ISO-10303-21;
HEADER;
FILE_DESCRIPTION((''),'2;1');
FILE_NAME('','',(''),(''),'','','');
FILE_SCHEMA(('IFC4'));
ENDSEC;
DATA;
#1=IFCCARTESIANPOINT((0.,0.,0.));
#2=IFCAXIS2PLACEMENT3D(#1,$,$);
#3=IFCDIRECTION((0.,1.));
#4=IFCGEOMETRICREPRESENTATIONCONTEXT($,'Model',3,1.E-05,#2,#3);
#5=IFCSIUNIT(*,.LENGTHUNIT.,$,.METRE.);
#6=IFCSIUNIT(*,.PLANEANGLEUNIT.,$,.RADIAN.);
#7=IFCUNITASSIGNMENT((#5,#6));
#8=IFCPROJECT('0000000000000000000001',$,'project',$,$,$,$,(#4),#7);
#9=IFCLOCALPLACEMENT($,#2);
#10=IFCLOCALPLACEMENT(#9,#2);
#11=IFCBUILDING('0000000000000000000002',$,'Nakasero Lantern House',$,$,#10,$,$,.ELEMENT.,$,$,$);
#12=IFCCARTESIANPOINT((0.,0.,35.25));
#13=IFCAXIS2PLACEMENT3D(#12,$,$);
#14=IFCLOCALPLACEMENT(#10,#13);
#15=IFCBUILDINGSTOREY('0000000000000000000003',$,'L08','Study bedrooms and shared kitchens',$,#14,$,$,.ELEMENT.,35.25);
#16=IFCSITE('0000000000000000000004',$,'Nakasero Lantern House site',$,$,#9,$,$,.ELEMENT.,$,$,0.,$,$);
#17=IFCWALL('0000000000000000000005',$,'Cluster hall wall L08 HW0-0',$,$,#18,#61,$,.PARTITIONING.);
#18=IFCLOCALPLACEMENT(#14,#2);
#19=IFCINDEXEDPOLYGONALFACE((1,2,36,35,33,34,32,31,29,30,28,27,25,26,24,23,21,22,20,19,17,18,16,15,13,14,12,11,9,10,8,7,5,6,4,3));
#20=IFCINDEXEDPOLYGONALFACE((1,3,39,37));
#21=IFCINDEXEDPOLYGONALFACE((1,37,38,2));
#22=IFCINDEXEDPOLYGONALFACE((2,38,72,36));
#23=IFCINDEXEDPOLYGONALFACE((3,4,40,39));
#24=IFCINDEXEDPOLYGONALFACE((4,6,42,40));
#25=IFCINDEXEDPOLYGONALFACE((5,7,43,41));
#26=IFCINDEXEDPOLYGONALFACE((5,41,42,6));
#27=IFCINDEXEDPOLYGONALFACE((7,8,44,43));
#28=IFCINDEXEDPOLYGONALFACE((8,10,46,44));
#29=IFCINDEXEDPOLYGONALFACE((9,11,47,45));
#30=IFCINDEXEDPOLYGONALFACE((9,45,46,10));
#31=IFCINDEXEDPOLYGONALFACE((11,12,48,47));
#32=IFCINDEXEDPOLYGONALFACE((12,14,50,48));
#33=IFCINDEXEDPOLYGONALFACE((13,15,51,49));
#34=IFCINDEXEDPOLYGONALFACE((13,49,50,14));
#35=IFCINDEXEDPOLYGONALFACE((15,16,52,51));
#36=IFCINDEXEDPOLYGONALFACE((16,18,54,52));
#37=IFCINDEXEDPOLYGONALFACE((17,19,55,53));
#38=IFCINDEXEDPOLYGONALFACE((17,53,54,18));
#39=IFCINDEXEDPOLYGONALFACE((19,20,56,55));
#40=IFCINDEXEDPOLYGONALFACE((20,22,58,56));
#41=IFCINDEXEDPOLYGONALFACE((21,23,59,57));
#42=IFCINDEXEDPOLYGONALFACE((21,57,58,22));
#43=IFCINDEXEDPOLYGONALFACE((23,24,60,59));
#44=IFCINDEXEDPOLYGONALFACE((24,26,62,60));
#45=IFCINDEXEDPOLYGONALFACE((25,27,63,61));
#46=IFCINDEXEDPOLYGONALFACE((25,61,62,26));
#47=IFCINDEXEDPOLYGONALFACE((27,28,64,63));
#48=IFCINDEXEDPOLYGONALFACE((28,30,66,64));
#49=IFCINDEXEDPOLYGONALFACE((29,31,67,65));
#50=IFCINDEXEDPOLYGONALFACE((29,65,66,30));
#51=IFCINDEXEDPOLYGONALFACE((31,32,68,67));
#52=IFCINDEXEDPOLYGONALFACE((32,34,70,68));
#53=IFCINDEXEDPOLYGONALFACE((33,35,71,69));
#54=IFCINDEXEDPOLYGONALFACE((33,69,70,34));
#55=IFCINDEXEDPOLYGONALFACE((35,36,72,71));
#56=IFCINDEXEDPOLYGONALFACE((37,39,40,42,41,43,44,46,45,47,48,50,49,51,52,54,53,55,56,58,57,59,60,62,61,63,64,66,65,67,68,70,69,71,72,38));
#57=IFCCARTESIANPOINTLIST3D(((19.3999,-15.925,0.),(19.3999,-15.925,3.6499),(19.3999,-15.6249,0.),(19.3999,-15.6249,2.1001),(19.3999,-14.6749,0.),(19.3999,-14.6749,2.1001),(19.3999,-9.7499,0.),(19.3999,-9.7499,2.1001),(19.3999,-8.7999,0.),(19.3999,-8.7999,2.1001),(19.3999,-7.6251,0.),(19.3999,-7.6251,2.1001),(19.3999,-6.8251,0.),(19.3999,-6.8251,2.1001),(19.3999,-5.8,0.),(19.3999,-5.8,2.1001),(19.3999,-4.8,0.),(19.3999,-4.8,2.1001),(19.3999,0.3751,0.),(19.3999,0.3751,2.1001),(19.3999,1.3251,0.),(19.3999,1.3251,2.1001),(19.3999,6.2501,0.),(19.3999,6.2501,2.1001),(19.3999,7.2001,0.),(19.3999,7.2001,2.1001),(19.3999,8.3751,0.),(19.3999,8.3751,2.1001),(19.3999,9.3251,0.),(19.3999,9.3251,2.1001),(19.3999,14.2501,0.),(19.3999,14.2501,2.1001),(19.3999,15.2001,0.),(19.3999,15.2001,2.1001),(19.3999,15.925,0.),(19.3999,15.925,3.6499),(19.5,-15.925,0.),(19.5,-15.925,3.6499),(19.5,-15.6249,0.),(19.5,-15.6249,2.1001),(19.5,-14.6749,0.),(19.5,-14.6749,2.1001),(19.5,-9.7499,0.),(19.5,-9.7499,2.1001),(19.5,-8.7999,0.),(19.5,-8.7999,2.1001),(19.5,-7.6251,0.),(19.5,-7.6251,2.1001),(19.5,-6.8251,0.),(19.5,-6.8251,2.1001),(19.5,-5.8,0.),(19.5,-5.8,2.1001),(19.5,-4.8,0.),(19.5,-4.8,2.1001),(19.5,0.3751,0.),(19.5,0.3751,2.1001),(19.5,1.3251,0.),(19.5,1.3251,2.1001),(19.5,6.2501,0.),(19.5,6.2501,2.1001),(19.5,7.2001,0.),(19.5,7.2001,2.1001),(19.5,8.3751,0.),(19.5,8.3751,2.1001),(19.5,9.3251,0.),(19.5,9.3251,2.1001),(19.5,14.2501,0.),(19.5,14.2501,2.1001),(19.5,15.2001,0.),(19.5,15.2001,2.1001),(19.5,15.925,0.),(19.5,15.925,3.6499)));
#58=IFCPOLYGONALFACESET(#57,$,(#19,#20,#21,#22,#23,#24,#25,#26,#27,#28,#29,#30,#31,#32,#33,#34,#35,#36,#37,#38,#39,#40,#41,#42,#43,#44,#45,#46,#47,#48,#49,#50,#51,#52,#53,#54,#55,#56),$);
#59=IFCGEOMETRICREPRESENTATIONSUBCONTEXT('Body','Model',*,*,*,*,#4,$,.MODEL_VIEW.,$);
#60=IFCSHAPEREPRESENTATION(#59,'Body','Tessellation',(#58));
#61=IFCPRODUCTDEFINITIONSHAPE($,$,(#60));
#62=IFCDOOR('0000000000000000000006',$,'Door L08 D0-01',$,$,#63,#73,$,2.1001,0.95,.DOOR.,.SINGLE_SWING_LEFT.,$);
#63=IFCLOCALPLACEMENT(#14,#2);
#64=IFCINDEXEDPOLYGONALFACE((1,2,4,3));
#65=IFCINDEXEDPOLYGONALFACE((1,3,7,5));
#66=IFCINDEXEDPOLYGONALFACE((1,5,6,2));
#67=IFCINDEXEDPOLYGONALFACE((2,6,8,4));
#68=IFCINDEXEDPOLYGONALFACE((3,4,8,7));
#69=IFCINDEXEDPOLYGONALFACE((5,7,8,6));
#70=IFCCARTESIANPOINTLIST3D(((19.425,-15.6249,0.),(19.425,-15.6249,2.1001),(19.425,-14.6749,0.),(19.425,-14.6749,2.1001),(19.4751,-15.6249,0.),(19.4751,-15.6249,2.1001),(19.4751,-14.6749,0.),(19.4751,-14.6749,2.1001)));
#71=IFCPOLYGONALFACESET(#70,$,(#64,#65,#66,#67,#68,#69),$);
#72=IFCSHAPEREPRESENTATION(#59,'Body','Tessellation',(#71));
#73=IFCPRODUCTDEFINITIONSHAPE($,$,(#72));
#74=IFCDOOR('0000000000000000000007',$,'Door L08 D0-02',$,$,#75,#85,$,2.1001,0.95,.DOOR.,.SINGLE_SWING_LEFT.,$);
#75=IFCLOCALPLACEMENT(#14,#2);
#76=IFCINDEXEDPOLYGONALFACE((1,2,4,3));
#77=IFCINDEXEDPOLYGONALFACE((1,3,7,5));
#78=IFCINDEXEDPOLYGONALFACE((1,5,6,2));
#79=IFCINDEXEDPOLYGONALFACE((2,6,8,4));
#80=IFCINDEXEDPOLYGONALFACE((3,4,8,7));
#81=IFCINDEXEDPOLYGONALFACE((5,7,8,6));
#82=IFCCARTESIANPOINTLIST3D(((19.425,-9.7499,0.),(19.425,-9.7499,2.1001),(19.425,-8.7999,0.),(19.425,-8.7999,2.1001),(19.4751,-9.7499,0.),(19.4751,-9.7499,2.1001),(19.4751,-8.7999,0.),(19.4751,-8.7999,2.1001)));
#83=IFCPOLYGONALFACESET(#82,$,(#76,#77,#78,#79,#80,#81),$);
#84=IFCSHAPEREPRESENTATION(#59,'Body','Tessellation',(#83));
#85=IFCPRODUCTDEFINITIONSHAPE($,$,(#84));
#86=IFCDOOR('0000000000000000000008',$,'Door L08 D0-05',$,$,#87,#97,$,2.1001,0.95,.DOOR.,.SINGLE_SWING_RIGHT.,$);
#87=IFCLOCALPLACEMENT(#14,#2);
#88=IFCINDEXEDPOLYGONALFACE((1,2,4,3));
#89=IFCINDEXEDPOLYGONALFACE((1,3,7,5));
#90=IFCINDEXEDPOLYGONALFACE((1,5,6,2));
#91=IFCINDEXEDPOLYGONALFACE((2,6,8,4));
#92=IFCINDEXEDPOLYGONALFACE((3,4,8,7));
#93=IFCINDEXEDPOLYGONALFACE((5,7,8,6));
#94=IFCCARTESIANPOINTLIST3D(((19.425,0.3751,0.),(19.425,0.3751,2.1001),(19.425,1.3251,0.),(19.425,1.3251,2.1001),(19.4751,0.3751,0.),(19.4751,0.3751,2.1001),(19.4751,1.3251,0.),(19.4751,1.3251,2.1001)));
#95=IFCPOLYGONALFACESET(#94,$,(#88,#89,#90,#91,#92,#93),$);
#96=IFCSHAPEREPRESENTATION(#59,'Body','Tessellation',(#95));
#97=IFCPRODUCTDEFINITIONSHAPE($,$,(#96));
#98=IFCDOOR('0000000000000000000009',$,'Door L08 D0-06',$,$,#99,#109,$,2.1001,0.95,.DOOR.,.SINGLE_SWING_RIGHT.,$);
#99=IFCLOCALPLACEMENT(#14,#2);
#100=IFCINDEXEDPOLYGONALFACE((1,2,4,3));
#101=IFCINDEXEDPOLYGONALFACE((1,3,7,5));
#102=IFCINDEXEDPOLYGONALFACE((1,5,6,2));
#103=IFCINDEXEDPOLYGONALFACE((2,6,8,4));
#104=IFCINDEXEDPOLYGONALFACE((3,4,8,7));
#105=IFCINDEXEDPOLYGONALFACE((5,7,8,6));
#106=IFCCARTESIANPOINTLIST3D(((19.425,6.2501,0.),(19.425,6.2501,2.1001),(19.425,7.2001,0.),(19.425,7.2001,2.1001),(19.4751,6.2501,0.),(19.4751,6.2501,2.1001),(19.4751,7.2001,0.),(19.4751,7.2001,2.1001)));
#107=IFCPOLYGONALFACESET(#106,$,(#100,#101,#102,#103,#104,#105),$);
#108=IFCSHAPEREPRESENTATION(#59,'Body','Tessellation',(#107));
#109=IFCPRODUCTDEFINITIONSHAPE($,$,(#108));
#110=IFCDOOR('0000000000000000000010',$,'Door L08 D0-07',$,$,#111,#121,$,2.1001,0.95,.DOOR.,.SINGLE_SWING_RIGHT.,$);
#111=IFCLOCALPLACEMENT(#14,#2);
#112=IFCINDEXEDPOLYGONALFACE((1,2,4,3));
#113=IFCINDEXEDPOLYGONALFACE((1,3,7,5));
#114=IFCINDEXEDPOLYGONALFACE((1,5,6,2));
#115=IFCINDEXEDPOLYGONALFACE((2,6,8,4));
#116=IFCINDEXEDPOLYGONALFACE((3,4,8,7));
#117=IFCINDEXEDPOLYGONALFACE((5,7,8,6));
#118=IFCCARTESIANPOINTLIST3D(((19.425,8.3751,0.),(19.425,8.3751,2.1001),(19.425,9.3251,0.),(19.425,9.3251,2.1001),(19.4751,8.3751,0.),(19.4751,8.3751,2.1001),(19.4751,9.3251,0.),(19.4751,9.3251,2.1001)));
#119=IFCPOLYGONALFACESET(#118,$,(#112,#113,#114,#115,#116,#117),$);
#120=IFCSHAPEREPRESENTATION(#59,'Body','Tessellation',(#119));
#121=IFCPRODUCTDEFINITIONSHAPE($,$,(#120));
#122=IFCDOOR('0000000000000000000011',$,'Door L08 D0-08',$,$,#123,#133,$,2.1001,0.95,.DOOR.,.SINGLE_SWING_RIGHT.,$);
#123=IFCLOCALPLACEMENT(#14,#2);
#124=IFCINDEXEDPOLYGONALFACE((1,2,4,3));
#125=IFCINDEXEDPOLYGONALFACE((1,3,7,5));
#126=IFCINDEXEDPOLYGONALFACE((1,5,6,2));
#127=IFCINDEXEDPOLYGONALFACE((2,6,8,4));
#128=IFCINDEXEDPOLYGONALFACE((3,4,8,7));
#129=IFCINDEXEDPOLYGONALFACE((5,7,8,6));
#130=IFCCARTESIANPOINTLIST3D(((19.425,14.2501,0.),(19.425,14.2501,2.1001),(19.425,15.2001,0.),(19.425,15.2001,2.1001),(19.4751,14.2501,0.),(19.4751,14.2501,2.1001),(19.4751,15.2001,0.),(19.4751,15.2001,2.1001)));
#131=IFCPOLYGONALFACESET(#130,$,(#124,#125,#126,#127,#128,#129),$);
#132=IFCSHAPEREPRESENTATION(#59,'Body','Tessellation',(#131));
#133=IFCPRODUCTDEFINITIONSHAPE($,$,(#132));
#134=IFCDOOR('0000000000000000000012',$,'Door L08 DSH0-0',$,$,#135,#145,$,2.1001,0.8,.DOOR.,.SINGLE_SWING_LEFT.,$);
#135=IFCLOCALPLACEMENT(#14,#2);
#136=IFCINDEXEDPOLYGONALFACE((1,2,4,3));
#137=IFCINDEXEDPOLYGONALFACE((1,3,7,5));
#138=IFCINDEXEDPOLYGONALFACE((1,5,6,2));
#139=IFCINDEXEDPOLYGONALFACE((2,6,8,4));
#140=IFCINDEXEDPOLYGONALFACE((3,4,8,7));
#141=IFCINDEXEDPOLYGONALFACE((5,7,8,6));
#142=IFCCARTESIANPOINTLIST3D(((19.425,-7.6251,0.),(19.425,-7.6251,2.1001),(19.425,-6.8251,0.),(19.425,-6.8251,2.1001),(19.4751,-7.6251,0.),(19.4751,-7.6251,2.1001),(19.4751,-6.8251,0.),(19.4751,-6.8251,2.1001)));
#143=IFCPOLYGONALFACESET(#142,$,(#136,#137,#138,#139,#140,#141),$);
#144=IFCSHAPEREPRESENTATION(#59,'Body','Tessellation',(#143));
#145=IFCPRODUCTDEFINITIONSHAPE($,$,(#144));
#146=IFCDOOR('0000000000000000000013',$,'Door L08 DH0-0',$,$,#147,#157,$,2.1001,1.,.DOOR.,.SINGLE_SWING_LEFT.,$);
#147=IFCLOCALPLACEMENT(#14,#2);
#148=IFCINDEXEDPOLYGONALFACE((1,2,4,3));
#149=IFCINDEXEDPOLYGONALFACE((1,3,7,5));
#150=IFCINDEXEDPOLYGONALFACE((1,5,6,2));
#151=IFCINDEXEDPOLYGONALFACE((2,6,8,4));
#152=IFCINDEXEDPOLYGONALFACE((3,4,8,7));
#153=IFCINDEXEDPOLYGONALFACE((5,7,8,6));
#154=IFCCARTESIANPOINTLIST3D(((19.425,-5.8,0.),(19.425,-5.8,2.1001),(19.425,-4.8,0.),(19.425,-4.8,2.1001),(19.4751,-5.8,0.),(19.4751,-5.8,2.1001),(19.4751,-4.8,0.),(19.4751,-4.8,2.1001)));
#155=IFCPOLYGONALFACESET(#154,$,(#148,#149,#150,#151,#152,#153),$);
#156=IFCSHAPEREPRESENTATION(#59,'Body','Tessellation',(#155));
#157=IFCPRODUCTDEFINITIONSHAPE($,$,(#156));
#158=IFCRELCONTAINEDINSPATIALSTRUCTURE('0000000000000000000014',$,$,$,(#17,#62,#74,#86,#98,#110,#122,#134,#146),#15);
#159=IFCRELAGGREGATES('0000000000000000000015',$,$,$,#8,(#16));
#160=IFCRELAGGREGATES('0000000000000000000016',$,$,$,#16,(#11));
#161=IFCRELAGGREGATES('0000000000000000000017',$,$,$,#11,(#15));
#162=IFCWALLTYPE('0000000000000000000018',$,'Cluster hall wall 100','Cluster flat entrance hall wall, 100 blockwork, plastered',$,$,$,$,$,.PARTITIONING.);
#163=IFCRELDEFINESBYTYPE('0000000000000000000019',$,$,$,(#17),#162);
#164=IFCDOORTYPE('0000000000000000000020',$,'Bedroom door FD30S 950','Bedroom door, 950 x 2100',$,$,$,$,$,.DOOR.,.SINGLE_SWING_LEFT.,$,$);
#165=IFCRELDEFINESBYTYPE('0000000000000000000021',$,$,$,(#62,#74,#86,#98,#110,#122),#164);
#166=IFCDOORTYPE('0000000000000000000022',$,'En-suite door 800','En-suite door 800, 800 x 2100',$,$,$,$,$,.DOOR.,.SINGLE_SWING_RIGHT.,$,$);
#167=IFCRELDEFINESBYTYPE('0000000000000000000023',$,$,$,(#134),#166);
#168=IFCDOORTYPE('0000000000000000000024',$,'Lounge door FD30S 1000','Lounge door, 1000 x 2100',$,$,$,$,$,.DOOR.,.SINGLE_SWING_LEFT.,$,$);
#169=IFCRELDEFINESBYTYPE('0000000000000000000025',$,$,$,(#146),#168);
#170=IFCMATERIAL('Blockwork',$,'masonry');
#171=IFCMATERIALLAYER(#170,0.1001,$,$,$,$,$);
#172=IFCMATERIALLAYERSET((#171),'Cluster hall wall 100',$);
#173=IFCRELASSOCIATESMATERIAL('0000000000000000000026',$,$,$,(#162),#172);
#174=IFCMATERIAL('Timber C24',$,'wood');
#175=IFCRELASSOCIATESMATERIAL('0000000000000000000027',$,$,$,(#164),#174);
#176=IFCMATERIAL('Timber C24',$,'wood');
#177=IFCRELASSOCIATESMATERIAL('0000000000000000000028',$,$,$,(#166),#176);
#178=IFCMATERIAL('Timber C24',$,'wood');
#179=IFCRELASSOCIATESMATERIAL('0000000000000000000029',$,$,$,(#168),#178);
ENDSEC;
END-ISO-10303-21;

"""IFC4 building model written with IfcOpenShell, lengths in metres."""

from ifc_helpers import new_model, si_unit, direction, frame, frame_2d, origin, place, context, subcontext, project, spatial, rectangle, extrude, material, layer, layer_set, type_object, element, fill, save


model = new_model("IFC4")

# Units and contexts
model_context = context("Model", 3, precision=1e-05, world=origin(), true_north=direction((0.0, 1.0)))
body_context = subcontext(model_context, "Body", "Model", "MODEL_VIEW")
ifc_project = project(units=[si_unit("LENGTHUNIT", "METRE"), si_unit("PLANEANGLEUNIT", "RADIAN")], contexts=[model_context])

# Site, building, storey
site_placement = place(None, origin())
site = spatial("IfcSite", under=ifc_project, at=site_placement, Name="Nakasero Lantern House site", CompositionType="ELEMENT", RefElevation=0.0)
building_placement = place(site_placement, origin())
building = spatial("IfcBuilding", under=site, at=building_placement, Name="Nakasero Lantern House", CompositionType="ELEMENT")
storey_placement = place(building_placement, frame((0.0, 0.0, 35.25)))
storey = spatial("IfcBuildingStorey", under=building, at=storey_placement, Name="L08", Description="Study bedrooms and shared kitchens", CompositionType="ELEMENT", Elevation=35.25)

# Wall, openings, doors
ifc_material_1 = material(Name="Blockwork", Category="masonry")
ifc_layer_1 = layer(ifc_material_1, 0.1001)
ifc_layer_set_1 = layer_set([ifc_layer_1], Name="Cluster hall wall 100")
wall_type_1 = type_object("IfcWallType", Name="Cluster hall wall 100", Description="Cluster flat entrance hall wall, 100 blockwork, plastered", PredefinedType="PARTITIONING", material=ifc_layer_set_1)
wall_1_placement = place(storey_placement, frame((19.45, -15.925, 0.0), z_axis=(0.0, 0.0, 1.0), x_axis=(0.0, 1.0, 0.0)))
wall_1 = element("IfcWall", 1, at=wall_1_placement, inside=storey, type_object=wall_type_1, Name="Cluster hall wall L08 HW0-0", PredefinedType="PARTITIONING", context=body_context, shape_type="SweptSolid", body=[
    extrude(rectangle(XDim=31.8501, YDim=0.1001, at=frame_2d((15.925, 0.0))), origin(), (0.0, 0.0, 1.0), 3.6499),
])
opening_1_placement = place(wall_1_placement, frame((10.125, 0.0, 0.0)))
opening_1 = element("IfcOpeningElement", 2, at=opening_1_placement, cuts=wall_1, PredefinedType="OPENING", context=body_context, shape_type="SweptSolid", body=[
    extrude(rectangle(XDim=1.0, YDim=2.1001, at=frame_2d((0.5, 1.05))), frame((0.0, 0.0701, 0.0), z_axis=(0.0, -1.0, 0.0), x_axis=(1.0, 0.0, 0.0)), (0.0, 0.0, 1.0), 0.1401),
])
opening_2_placement = place(wall_1_placement, frame((8.3, 0.0, 0.0)))
opening_2 = element("IfcOpeningElement", 3, at=opening_2_placement, cuts=wall_1, PredefinedType="OPENING", context=body_context, shape_type="SweptSolid", body=[
    extrude(rectangle(XDim=0.8, YDim=2.1001, at=frame_2d((0.3999, 1.05))), frame((0.0, 0.0701, 0.0), z_axis=(0.0, -1.0, 0.0), x_axis=(1.0, 0.0, 0.0)), (0.0, 0.0, 1.0), 0.1401),
])
opening_3_placement = place(wall_1_placement, frame((0.3, 0.0, 0.0)))
opening_3 = element("IfcOpeningElement", 4, at=opening_3_placement, cuts=wall_1, PredefinedType="OPENING", context=body_context, shape_type="SweptSolid", body=[
    extrude(rectangle(XDim=0.95, YDim=2.1001, at=frame_2d((0.4751, 1.05))), frame((0.0, 0.0701, 0.0), z_axis=(0.0, -1.0, 0.0), x_axis=(1.0, 0.0, 0.0)), (0.0, 0.0, 1.0), 0.1401),
])
opening_4_placement = place(wall_1_placement, frame((6.175, 0.0, 0.0)))
opening_4 = element("IfcOpeningElement", 5, at=opening_4_placement, cuts=wall_1, PredefinedType="OPENING", context=body_context, shape_type="SweptSolid", body=[
    extrude(rectangle(XDim=0.95, YDim=2.1001, at=frame_2d((0.4751, 1.05))), frame((0.0, 0.0701, 0.0), z_axis=(0.0, -1.0, 0.0), x_axis=(1.0, 0.0, 0.0)), (0.0, 0.0, 1.0), 0.1401),
])
opening_5_placement = place(wall_1_placement, frame((16.3, 0.0, 0.0)))
opening_5 = element("IfcOpeningElement", 6, at=opening_5_placement, cuts=wall_1, PredefinedType="OPENING", context=body_context, shape_type="SweptSolid", body=[
    extrude(rectangle(XDim=0.95, YDim=2.1001, at=frame_2d((0.4751, 1.05))), frame((0.0, 0.0701, 0.0), z_axis=(0.0, -1.0, 0.0), x_axis=(1.0, 0.0, 0.0)), (0.0, 0.0, 1.0), 0.1401),
])
opening_6_placement = place(wall_1_placement, frame((22.175, 0.0, 0.0)))
opening_6 = element("IfcOpeningElement", 7, at=opening_6_placement, cuts=wall_1, PredefinedType="OPENING", context=body_context, shape_type="SweptSolid", body=[
    extrude(rectangle(XDim=0.95, YDim=2.1001, at=frame_2d((0.4751, 1.05))), frame((0.0, 0.0701, 0.0), z_axis=(0.0, -1.0, 0.0), x_axis=(1.0, 0.0, 0.0)), (0.0, 0.0, 1.0), 0.1401),
])
opening_7_placement = place(wall_1_placement, frame((24.3, 0.0, 0.0)))
opening_7 = element("IfcOpeningElement", 8, at=opening_7_placement, cuts=wall_1, PredefinedType="OPENING", context=body_context, shape_type="SweptSolid", body=[
    extrude(rectangle(XDim=0.95, YDim=2.1001, at=frame_2d((0.4751, 1.05))), frame((0.0, 0.0701, 0.0), z_axis=(0.0, -1.0, 0.0), x_axis=(1.0, 0.0, 0.0)), (0.0, 0.0, 1.0), 0.1401),
])
opening_8_placement = place(wall_1_placement, frame((30.175, 0.0, 0.0)))
opening_8 = element("IfcOpeningElement", 9, at=opening_8_placement, cuts=wall_1, PredefinedType="OPENING", context=body_context, shape_type="SweptSolid", body=[
    extrude(rectangle(XDim=0.95, YDim=2.1001, at=frame_2d((0.4751, 1.05))), frame((0.0, 0.0701, 0.0), z_axis=(0.0, -1.0, 0.0), x_axis=(1.0, 0.0, 0.0)), (0.0, 0.0, 1.0), 0.1401),
])
ifc_material_2 = material(Name="Timber C24", Category="wood")
door_type_1 = type_object("IfcDoorType", Name="Bedroom door FD30S 950", Description="Bedroom door, 950 x 2100", OperationType="SINGLE_SWING_LEFT", PredefinedType="DOOR", material=ifc_material_2)
door_1_placement = place(opening_3_placement, origin())
door_1 = element("IfcDoor", 10, at=door_1_placement, inside=storey, type_object=door_type_1, Name="Door L08 D0-01", OperationType="SINGLE_SWING_LEFT", OverallHeight=2.1001, OverallWidth=0.95, PredefinedType="DOOR", context=body_context, shape_type="SweptSolid", body=[
    extrude(rectangle(XDim=0.95, YDim=2.1001, at=frame_2d((0.4751, 1.05))), frame((0.0, 0.0249, 0.0), z_axis=(0.0, -1.0, 0.0), x_axis=(1.0, 0.0, 0.0)), (0.0, 0.0, 1.0), 0.05),
])
fill(opening_3, door_1)
door_2_placement = place(opening_4_placement, origin())
door_2 = element("IfcDoor", 11, at=door_2_placement, inside=storey, type_object=door_type_1, Name="Door L08 D0-02", OperationType="SINGLE_SWING_LEFT", OverallHeight=2.1001, OverallWidth=0.95, PredefinedType="DOOR", context=body_context, shape_type="SweptSolid", body=[
    extrude(rectangle(XDim=0.95, YDim=2.1001, at=frame_2d((0.4751, 1.05))), frame((0.0, 0.0249, 0.0), z_axis=(0.0, -1.0, 0.0), x_axis=(1.0, 0.0, 0.0)), (0.0, 0.0, 1.0), 0.05),
])
fill(opening_4, door_2)
door_3_placement = place(opening_5_placement, origin())
door_3 = element("IfcDoor", 12, at=door_3_placement, inside=storey, type_object=door_type_1, Name="Door L08 D0-05", OperationType="SINGLE_SWING_RIGHT", OverallHeight=2.1001, OverallWidth=0.95, PredefinedType="DOOR", context=body_context, shape_type="SweptSolid", body=[
    extrude(rectangle(XDim=0.95, YDim=2.1001, at=frame_2d((0.4751, 1.05))), frame((0.0, 0.0249, 0.0), z_axis=(0.0, -1.0, 0.0), x_axis=(1.0, 0.0, 0.0)), (0.0, 0.0, 1.0), 0.05),
])
fill(opening_5, door_3)
door_4_placement = place(opening_6_placement, origin())
door_4 = element("IfcDoor", 13, at=door_4_placement, inside=storey, type_object=door_type_1, Name="Door L08 D0-06", OperationType="SINGLE_SWING_RIGHT", OverallHeight=2.1001, OverallWidth=0.95, PredefinedType="DOOR", context=body_context, shape_type="SweptSolid", body=[
    extrude(rectangle(XDim=0.95, YDim=2.1001, at=frame_2d((0.4751, 1.05))), frame((0.0, 0.0249, 0.0), z_axis=(0.0, -1.0, 0.0), x_axis=(1.0, 0.0, 0.0)), (0.0, 0.0, 1.0), 0.05),
])
fill(opening_6, door_4)
door_5_placement = place(opening_7_placement, origin())
door_5 = element("IfcDoor", 14, at=door_5_placement, inside=storey, type_object=door_type_1, Name="Door L08 D0-07", OperationType="SINGLE_SWING_RIGHT", OverallHeight=2.1001, OverallWidth=0.95, PredefinedType="DOOR", context=body_context, shape_type="SweptSolid", body=[
    extrude(rectangle(XDim=0.95, YDim=2.1001, at=frame_2d((0.4751, 1.05))), frame((0.0, 0.0249, 0.0), z_axis=(0.0, -1.0, 0.0), x_axis=(1.0, 0.0, 0.0)), (0.0, 0.0, 1.0), 0.05),
])
fill(opening_7, door_5)
door_6_placement = place(opening_8_placement, origin())
door_6 = element("IfcDoor", 15, at=door_6_placement, inside=storey, type_object=door_type_1, Name="Door L08 D0-08", OperationType="SINGLE_SWING_RIGHT", OverallHeight=2.1001, OverallWidth=0.95, PredefinedType="DOOR", context=body_context, shape_type="SweptSolid", body=[
    extrude(rectangle(XDim=0.95, YDim=2.1001, at=frame_2d((0.4751, 1.05))), frame((0.0, 0.0249, 0.0), z_axis=(0.0, -1.0, 0.0), x_axis=(1.0, 0.0, 0.0)), (0.0, 0.0, 1.0), 0.05),
])
fill(opening_8, door_6)
ifc_material_3 = material(Name="Timber C24", Category="wood")
door_type_2 = type_object("IfcDoorType", Name="En-suite door 800", Description="En-suite door 800, 800 x 2100", OperationType="SINGLE_SWING_RIGHT", PredefinedType="DOOR", material=ifc_material_3)
door_7_placement = place(opening_2_placement, origin())
door_7 = element("IfcDoor", 16, at=door_7_placement, inside=storey, type_object=door_type_2, Name="Door L08 DSH0-0", OperationType="SINGLE_SWING_LEFT", OverallHeight=2.1001, OverallWidth=0.8, PredefinedType="DOOR", context=body_context, shape_type="SweptSolid", body=[
    extrude(rectangle(XDim=0.8, YDim=2.1001, at=frame_2d((0.3999, 1.05))), frame((0.0, 0.0249, 0.0), z_axis=(0.0, -1.0, 0.0), x_axis=(1.0, 0.0, 0.0)), (0.0, 0.0, 1.0), 0.05),
])
fill(opening_2, door_7)
ifc_material_4 = material(Name="Timber C24", Category="wood")
door_type_3 = type_object("IfcDoorType", Name="Lounge door FD30S 1000", Description="Lounge door, 1000 x 2100", OperationType="SINGLE_SWING_LEFT", PredefinedType="DOOR", material=ifc_material_4)
door_8_placement = place(opening_1_placement, origin())
door_8 = element("IfcDoor", 17, at=door_8_placement, inside=storey, type_object=door_type_3, Name="Door L08 DH0-0", OperationType="SINGLE_SWING_LEFT", OverallHeight=2.1001, OverallWidth=1.0, PredefinedType="DOOR", context=body_context, shape_type="SweptSolid", body=[
    extrude(rectangle(XDim=1.0, YDim=2.1001, at=frame_2d((0.5, 1.05))), frame((0.0, 0.0249, 0.0), z_axis=(0.0, -1.0, 0.0), x_axis=(1.0, 0.0, 0.0)), (0.0, 0.0, 1.0), 0.05),
])
fill(opening_1, door_8)

save(model, "model.ifc")
